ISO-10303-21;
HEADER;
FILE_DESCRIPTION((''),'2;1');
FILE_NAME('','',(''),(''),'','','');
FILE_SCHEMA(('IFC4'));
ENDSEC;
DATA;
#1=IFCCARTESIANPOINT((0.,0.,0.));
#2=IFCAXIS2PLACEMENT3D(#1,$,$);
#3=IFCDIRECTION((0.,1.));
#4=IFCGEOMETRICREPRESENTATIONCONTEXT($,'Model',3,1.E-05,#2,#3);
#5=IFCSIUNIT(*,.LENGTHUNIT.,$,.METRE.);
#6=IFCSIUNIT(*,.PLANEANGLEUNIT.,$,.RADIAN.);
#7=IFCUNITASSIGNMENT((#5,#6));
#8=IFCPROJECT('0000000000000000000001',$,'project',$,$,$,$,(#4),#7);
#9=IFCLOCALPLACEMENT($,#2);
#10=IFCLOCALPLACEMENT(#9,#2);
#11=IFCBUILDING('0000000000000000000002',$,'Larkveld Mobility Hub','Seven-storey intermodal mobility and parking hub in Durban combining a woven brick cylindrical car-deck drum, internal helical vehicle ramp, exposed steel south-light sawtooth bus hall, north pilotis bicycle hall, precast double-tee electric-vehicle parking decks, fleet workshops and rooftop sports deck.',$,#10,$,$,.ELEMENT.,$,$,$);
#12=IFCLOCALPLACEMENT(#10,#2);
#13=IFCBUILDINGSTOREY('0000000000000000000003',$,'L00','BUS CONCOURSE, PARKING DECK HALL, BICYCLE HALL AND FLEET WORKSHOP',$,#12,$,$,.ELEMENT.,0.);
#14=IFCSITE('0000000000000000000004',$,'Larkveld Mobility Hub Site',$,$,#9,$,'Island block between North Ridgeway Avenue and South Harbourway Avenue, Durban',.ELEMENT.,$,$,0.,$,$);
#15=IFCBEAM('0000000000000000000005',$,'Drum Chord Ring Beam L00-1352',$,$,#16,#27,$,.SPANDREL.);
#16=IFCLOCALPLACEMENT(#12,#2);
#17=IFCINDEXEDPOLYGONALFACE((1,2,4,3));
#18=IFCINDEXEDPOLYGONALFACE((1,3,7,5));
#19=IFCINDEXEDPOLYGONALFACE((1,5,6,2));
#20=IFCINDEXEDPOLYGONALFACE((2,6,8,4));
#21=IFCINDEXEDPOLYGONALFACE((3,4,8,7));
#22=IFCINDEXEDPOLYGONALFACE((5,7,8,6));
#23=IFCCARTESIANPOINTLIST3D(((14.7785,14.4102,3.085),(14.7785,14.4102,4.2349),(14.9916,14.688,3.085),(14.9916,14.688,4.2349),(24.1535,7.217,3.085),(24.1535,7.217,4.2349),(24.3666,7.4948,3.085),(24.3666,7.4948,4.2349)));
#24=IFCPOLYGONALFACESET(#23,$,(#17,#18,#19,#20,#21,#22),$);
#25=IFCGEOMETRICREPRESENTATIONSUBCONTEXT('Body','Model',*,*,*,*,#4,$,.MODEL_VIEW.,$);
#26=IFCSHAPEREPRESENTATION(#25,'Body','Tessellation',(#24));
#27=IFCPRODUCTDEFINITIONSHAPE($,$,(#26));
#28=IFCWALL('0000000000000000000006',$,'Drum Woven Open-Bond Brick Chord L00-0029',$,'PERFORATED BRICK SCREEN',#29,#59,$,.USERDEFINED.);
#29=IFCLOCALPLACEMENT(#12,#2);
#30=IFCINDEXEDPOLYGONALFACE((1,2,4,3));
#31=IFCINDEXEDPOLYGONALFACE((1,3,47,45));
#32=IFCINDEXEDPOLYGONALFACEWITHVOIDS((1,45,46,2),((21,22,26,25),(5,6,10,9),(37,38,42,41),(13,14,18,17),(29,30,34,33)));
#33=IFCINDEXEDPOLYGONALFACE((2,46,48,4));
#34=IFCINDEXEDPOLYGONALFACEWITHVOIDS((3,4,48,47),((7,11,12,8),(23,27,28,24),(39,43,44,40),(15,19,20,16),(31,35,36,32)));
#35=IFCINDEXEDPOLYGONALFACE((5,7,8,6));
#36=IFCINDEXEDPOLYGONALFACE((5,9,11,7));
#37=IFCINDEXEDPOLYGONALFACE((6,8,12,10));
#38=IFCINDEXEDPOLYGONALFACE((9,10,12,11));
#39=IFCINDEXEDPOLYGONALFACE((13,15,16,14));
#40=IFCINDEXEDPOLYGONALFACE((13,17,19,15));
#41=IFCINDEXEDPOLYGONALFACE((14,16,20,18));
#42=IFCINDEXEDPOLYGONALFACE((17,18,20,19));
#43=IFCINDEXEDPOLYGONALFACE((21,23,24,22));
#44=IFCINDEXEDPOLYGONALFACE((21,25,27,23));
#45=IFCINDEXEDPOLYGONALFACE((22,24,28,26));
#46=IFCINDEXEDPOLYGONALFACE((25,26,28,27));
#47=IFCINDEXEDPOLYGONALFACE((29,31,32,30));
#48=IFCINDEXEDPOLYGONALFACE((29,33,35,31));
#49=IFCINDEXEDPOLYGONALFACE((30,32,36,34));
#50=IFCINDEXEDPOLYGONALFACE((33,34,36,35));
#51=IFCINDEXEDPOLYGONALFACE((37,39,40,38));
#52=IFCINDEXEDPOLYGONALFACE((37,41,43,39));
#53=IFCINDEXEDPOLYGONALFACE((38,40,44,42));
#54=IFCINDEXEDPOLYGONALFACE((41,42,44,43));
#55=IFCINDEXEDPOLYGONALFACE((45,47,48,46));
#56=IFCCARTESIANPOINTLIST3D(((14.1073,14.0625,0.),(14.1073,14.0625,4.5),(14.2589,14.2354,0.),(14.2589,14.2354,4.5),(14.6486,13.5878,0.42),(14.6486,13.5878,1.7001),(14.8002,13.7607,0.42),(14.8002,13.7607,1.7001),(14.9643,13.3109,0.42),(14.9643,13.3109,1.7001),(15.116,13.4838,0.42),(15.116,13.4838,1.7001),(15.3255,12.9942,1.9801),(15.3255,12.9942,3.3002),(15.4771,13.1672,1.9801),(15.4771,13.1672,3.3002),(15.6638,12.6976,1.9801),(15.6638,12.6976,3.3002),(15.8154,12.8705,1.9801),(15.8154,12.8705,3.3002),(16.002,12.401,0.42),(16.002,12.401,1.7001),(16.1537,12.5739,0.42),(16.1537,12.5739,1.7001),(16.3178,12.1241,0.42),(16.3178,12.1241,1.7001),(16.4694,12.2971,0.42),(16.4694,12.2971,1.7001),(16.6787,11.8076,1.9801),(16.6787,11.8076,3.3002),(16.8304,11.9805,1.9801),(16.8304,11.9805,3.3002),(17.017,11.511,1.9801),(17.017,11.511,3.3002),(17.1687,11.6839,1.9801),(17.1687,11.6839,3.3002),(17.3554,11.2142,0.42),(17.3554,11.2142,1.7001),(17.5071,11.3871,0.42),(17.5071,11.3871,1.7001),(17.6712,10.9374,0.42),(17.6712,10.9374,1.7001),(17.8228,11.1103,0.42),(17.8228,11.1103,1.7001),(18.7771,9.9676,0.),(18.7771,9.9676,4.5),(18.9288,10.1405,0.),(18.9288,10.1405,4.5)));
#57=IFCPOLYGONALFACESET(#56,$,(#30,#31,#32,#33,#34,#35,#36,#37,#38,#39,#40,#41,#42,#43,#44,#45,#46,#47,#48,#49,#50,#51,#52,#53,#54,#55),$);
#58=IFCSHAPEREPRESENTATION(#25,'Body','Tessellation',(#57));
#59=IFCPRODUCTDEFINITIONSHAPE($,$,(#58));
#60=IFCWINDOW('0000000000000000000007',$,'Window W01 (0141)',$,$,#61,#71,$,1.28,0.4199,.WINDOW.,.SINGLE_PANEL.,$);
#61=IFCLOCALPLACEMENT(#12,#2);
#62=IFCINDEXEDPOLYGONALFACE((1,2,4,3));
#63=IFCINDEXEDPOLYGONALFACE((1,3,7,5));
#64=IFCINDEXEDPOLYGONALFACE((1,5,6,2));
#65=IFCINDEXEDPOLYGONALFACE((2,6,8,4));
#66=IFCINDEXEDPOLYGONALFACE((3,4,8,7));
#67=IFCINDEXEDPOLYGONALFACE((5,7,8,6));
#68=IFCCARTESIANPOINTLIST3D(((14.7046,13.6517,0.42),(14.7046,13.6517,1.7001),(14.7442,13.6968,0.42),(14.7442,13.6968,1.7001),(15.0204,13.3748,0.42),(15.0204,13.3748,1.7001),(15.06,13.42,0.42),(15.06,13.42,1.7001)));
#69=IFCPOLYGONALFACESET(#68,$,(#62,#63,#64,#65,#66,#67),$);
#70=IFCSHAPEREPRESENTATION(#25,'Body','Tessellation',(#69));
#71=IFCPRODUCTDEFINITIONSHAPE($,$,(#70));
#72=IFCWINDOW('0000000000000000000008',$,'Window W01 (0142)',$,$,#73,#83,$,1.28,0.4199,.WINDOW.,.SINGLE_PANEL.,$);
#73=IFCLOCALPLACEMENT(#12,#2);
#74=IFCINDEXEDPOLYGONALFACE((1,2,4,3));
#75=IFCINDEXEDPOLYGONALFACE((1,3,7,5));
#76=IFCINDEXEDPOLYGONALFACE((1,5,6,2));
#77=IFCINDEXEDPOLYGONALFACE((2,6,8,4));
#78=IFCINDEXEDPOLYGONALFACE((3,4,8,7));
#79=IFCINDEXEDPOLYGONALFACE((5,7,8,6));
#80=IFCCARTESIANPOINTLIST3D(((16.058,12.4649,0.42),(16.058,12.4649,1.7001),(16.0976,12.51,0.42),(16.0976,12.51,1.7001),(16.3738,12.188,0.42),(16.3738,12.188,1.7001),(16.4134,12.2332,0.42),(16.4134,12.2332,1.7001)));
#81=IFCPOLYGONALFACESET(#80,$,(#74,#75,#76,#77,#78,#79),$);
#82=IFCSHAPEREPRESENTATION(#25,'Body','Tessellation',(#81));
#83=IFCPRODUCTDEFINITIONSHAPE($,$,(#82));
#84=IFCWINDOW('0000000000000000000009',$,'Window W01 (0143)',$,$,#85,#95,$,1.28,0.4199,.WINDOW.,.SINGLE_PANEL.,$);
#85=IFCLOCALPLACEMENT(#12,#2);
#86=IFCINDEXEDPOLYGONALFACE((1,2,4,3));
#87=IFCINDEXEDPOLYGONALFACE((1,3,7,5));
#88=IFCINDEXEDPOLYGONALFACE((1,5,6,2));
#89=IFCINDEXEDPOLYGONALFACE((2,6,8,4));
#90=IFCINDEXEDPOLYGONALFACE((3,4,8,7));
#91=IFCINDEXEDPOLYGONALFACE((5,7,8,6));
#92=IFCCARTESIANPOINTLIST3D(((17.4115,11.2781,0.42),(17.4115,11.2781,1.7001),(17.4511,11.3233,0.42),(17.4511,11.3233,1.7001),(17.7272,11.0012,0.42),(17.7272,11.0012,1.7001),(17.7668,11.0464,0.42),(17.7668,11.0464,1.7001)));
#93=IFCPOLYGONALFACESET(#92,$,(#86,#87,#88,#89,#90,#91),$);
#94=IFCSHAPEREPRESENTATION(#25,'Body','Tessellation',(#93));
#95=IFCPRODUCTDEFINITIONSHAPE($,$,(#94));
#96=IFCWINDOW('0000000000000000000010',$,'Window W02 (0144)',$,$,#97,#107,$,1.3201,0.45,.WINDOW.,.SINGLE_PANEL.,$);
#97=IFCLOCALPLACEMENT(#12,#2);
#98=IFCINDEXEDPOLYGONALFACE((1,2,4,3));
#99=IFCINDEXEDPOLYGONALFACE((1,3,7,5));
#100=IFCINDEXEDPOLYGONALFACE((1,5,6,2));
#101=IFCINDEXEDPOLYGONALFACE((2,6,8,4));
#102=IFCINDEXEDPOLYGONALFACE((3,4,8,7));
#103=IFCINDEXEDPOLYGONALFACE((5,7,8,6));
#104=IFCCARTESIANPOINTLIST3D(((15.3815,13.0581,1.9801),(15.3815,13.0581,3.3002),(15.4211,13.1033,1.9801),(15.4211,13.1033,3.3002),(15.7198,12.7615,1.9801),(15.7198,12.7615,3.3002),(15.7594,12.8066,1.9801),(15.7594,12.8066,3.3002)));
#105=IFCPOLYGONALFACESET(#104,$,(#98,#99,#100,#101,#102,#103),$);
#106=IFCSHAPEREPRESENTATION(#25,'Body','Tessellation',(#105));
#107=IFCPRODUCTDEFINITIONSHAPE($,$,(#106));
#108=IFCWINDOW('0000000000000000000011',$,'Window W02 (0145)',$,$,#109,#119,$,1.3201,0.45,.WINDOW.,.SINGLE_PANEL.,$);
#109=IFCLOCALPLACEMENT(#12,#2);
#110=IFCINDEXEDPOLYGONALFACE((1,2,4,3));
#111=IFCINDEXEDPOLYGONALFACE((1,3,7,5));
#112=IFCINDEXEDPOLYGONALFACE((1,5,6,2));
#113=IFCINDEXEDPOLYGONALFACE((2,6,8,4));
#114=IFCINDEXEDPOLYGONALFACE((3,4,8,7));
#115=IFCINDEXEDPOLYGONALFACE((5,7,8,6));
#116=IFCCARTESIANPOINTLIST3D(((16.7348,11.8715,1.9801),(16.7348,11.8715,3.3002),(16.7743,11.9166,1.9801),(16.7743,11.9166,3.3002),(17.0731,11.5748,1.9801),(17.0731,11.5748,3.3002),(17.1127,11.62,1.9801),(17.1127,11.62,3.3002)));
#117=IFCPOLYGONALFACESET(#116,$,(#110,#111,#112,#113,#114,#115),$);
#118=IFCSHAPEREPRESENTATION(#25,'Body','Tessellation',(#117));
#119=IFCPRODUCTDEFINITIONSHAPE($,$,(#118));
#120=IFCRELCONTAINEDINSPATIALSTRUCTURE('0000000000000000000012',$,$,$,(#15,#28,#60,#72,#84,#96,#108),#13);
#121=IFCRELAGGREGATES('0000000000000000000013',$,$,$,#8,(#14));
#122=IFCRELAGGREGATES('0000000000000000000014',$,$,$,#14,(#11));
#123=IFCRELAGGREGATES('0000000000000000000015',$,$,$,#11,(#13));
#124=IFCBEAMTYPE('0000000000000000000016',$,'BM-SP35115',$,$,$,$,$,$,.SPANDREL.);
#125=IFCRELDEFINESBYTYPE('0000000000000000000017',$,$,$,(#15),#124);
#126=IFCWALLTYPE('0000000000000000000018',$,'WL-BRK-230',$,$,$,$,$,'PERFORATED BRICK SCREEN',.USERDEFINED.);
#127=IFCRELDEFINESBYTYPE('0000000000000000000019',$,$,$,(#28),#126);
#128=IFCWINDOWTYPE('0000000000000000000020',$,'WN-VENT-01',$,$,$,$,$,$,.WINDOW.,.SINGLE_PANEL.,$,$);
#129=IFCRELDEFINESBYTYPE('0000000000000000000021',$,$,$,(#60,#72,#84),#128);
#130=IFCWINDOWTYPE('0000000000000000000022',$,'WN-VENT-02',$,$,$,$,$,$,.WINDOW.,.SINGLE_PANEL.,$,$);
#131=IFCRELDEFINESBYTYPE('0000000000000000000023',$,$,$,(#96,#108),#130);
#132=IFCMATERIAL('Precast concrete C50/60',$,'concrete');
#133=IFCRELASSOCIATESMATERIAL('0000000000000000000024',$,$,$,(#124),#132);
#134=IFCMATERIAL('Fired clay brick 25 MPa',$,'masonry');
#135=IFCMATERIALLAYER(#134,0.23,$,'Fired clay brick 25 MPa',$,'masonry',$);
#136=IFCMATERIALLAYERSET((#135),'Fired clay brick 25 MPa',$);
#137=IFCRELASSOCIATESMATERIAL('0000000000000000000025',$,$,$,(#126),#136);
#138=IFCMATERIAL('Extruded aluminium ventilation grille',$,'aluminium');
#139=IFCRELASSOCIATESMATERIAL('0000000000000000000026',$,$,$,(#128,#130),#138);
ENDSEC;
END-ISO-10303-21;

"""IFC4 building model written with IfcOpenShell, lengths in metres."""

from ifc_helpers import new_model, si_unit, direction, frame, frame_2d, origin, origin_2d, place, context, subcontext, project, spatial, rectangle, extrude, material, layer, layer_set, material_profile, profile_set, type_object, element, fill, save


model = new_model("IFC4")

# Units and contexts
model_context = context("Model", 3, precision=1e-05, world=origin(), true_north=direction((0.0, 1.0)))
body_context = subcontext(model_context, "Body", "Model", "MODEL_VIEW")
ifc_project = project(units=[si_unit("LENGTHUNIT", "METRE"), si_unit("PLANEANGLEUNIT", "RADIAN")], contexts=[model_context])

# Site, building, storey
site_placement = place(None, origin())
site = spatial("IfcSite", under=ifc_project, at=site_placement, Name="Larkveld Mobility Hub Site", LongName="Island block between North Ridgeway Avenue and South Harbourway Avenue, Durban", CompositionType="ELEMENT", RefElevation=0.0)
building_placement = place(site_placement, origin())
building = spatial("IfcBuilding", under=site, at=building_placement, Name="Larkveld Mobility Hub", Description="Seven-storey intermodal mobility and parking hub in Durban combining a woven brick cylindrical car-deck drum, internal helical vehicle ramp, exposed steel south-light sawtooth bus hall, north pilotis bicycle hall, precast double-tee electric-vehicle parking decks, fleet workshops and rooftop sports deck.", CompositionType="ELEMENT")
storey_placement = place(building_placement, origin())
storey = spatial("IfcBuildingStorey", under=building, at=storey_placement, Name="L00", Description="BUS CONCOURSE, PARKING DECK HALL, BICYCLE HALL AND FLEET WORKSHOP", CompositionType="ELEMENT", Elevation=0.0)

# Beam
ifc_material_1 = material(Name="Precast concrete C50/60", Category="concrete")
ifc_material_profile_1 = material_profile(ifc_material_1, rectangle(XDim=0.3501, YDim=1.1499, at=origin_2d()), Name="PC SP 350x1150")
ifc_profile_set_1 = profile_set([ifc_material_profile_1], Name="Precast concrete C50/60")
beam_type = type_object("IfcBeamType", Name="BM-SP35115", PredefinedType="SPANDREL", material=ifc_profile_set_1)
beam_placement = place(storey_placement, frame((14.885, 14.5491, 3.6599), z_axis=(0.793377, -0.608731, 0.0), x_axis=(0.608731, 0.793377, 0.0)))
element("IfcBeam", 1, at=beam_placement, inside=storey, type_object=beam_type, Name="Drum Chord Ring Beam L00-1352", PredefinedType="SPANDREL", context=body_context, shape_type="SweptSolid", body=[
    extrude(rectangle(XDim=0.3501, YDim=1.1499, at=origin_2d()), origin(), (0.0, 0.0, 1.0), 11.8167),
])

# Wall, openings, windows
ifc_material_2 = material(Name="Fired clay brick 25 MPa", Category="masonry")
ifc_layer_1 = layer(ifc_material_2, 0.23, Name="Fired clay brick 25 MPa", Category="masonry")
ifc_layer_set_1 = layer_set([ifc_layer_1], Name="Fired clay brick 25 MPa")
wall_type_1 = type_object("IfcWallType", Name="WL-BRK-230", ElementType="PERFORATED BRICK SCREEN", PredefinedType="USERDEFINED", material=ifc_layer_set_1)
wall_1_placement = place(storey_placement, frame((14.1831, 14.1489, 0.0), z_axis=(0.0, 0.0, 1.0), x_axis=(0.751875, -0.659306, 0.0)))
wall_1 = element("IfcWall", 2, at=wall_1_placement, inside=storey, type_object=wall_type_1, Name="Drum Woven Open-Bond Brick Chord L00-0029", ObjectType="PERFORATED BRICK SCREEN", PredefinedType="USERDEFINED", context=body_context, shape_type="SweptSolid", body=[
    extrude(rectangle(XDim=6.2109, YDim=0.23, at=frame_2d((3.1055, 0.0))), origin(), (0.0, 0.0, 1.0), 4.5),
])
opening_1_placement = place(wall_1_placement, frame((0.72, 0.0, 0.4199)))
opening_1 = element("IfcOpeningElement", 3, at=opening_1_placement, cuts=wall_1, PredefinedType="OPENING", context=body_context, shape_type="SweptSolid", body=[
    extrude(rectangle(XDim=0.4199, YDim=1.28, at=frame_2d((0.21, 0.6401))), frame((0.0, 0.125, 0.0), z_axis=(0.0, -1.0, 0.0), x_axis=(1.0, 0.0, 0.0)), (0.0, 0.0, 1.0), 0.25),
])
opening_2_placement = place(wall_1_placement, frame((2.52, 0.0, 0.4199)))
opening_2 = element("IfcOpeningElement", 4, at=opening_2_placement, cuts=wall_1, PredefinedType="OPENING", context=body_context, shape_type="SweptSolid", body=[
    extrude(rectangle(XDim=0.4199, YDim=1.28, at=frame_2d((0.21, 0.6401))), frame((0.0, 0.125, 0.0), z_axis=(0.0, -1.0, 0.0), x_axis=(1.0, 0.0, 0.0)), (0.0, 0.0, 1.0), 0.25),
])
opening_3_placement = place(wall_1_placement, frame((4.3201, 0.0, 0.4199)))
opening_3 = element("IfcOpeningElement", 5, at=opening_3_placement, cuts=wall_1, PredefinedType="OPENING", context=body_context, shape_type="SweptSolid", body=[
    extrude(rectangle(XDim=0.4199, YDim=1.28, at=frame_2d((0.21, 0.6401))), frame((0.0, 0.125, 0.0), z_axis=(0.0, -1.0, 0.0), x_axis=(1.0, 0.0, 0.0)), (0.0, 0.0, 1.0), 0.25),
])
opening_4_placement = place(wall_1_placement, frame((1.6201, 0.0, 1.98)))
opening_4 = element("IfcOpeningElement", 6, at=opening_4_placement, cuts=wall_1, PredefinedType="OPENING", context=body_context, shape_type="SweptSolid", body=[
    extrude(rectangle(XDim=0.45, YDim=1.3201, at=frame_2d((0.2251, 0.6602))), frame((0.0, 0.125, 0.0), z_axis=(0.0, -1.0, 0.0), x_axis=(1.0, 0.0, 0.0)), (0.0, 0.0, 1.0), 0.25),
])
opening_5_placement = place(wall_1_placement, frame((3.4199, 0.0, 1.98)))
opening_5 = element("IfcOpeningElement", 7, at=opening_5_placement, cuts=wall_1, PredefinedType="OPENING", context=body_context, shape_type="SweptSolid", body=[
    extrude(rectangle(XDim=0.45, YDim=1.3201, at=frame_2d((0.2251, 0.6602))), frame((0.0, 0.125, 0.0), z_axis=(0.0, -1.0, 0.0), x_axis=(1.0, 0.0, 0.0)), (0.0, 0.0, 1.0), 0.25),
])
ifc_material_3 = material(Name="Extruded aluminium ventilation grille", Category="aluminium")
window_type_1 = type_object("IfcWindowType", Name="WN-VENT-01", PartitioningType="SINGLE_PANEL", PredefinedType="WINDOW", material=ifc_material_3)
window_1_placement = place(opening_1_placement, origin())
window_1 = element("IfcWindow", 8, at=window_1_placement, inside=storey, type_object=window_type_1, Name="Window W01 (0141)", OverallHeight=1.28, OverallWidth=0.4199, PartitioningType="SINGLE_PANEL", PredefinedType="WINDOW", context=body_context, shape_type="SweptSolid", body=[
    extrude(rectangle(XDim=0.4199, YDim=1.28, at=frame_2d((0.21, 0.6401))), frame((0.0, 0.03, 0.0), z_axis=(0.0, -1.0, 0.0), x_axis=(1.0, 0.0, 0.0)), (0.0, 0.0, 1.0), 0.0601),
])
fill(opening_1, window_1)
window_2_placement = place(opening_2_placement, origin())
window_2 = element("IfcWindow", 9, at=window_2_placement, inside=storey, type_object=window_type_1, Name="Window W01 (0142)", OverallHeight=1.28, OverallWidth=0.4199, PartitioningType="SINGLE_PANEL", PredefinedType="WINDOW", context=body_context, shape_type="SweptSolid", body=[
    extrude(rectangle(XDim=0.4199, YDim=1.28, at=frame_2d((0.21, 0.6401))), frame((0.0, 0.03, 0.0), z_axis=(0.0, -1.0, 0.0), x_axis=(1.0, 0.0, 0.0)), (0.0, 0.0, 1.0), 0.0601),
])
fill(opening_2, window_2)
window_3_placement = place(opening_3_placement, origin())
window_3 = element("IfcWindow", 10, at=window_3_placement, inside=storey, type_object=window_type_1, Name="Window W01 (0143)", OverallHeight=1.28, OverallWidth=0.4199, PartitioningType="SINGLE_PANEL", PredefinedType="WINDOW", context=body_context, shape_type="SweptSolid", body=[
    extrude(rectangle(XDim=0.4199, YDim=1.28, at=frame_2d((0.21, 0.6401))), frame((0.0, 0.03, 0.0), z_axis=(0.0, -1.0, 0.0), x_axis=(1.0, 0.0, 0.0)), (0.0, 0.0, 1.0), 0.0601),
])
fill(opening_3, window_3)
window_type_2 = type_object("IfcWindowType", Name="WN-VENT-02", PartitioningType="SINGLE_PANEL", PredefinedType="WINDOW", material=ifc_material_3)
window_4_placement = place(opening_4_placement, origin())
window_4 = element("IfcWindow", 11, at=window_4_placement, inside=storey, type_object=window_type_2, Name="Window W02 (0144)", OverallHeight=1.3201, OverallWidth=0.45, PartitioningType="SINGLE_PANEL", PredefinedType="WINDOW", context=body_context, shape_type="SweptSolid", body=[
    extrude(rectangle(XDim=0.45, YDim=1.3201, at=frame_2d((0.2251, 0.6602))), frame((0.0, 0.03, 0.0), z_axis=(0.0, -1.0, 0.0), x_axis=(1.0, 0.0, 0.0)), (0.0, 0.0, 1.0), 0.0601),
])
fill(opening_4, window_4)
window_5_placement = place(opening_5_placement, origin())
window_5 = element("IfcWindow", 12, at=window_5_placement, inside=storey, type_object=window_type_2, Name="Window W02 (0145)", OverallHeight=1.3201, OverallWidth=0.45, PartitioningType="SINGLE_PANEL", PredefinedType="WINDOW", context=body_context, shape_type="SweptSolid", body=[
    extrude(rectangle(XDim=0.45, YDim=1.3201, at=frame_2d((0.2251, 0.6602))), frame((0.0, 0.03, 0.0), z_axis=(0.0, -1.0, 0.0), x_axis=(1.0, 0.0, 0.0)), (0.0, 0.0, 1.0), 0.0601),
])
fill(opening_5, window_5)

save(model, "model.ifc")
